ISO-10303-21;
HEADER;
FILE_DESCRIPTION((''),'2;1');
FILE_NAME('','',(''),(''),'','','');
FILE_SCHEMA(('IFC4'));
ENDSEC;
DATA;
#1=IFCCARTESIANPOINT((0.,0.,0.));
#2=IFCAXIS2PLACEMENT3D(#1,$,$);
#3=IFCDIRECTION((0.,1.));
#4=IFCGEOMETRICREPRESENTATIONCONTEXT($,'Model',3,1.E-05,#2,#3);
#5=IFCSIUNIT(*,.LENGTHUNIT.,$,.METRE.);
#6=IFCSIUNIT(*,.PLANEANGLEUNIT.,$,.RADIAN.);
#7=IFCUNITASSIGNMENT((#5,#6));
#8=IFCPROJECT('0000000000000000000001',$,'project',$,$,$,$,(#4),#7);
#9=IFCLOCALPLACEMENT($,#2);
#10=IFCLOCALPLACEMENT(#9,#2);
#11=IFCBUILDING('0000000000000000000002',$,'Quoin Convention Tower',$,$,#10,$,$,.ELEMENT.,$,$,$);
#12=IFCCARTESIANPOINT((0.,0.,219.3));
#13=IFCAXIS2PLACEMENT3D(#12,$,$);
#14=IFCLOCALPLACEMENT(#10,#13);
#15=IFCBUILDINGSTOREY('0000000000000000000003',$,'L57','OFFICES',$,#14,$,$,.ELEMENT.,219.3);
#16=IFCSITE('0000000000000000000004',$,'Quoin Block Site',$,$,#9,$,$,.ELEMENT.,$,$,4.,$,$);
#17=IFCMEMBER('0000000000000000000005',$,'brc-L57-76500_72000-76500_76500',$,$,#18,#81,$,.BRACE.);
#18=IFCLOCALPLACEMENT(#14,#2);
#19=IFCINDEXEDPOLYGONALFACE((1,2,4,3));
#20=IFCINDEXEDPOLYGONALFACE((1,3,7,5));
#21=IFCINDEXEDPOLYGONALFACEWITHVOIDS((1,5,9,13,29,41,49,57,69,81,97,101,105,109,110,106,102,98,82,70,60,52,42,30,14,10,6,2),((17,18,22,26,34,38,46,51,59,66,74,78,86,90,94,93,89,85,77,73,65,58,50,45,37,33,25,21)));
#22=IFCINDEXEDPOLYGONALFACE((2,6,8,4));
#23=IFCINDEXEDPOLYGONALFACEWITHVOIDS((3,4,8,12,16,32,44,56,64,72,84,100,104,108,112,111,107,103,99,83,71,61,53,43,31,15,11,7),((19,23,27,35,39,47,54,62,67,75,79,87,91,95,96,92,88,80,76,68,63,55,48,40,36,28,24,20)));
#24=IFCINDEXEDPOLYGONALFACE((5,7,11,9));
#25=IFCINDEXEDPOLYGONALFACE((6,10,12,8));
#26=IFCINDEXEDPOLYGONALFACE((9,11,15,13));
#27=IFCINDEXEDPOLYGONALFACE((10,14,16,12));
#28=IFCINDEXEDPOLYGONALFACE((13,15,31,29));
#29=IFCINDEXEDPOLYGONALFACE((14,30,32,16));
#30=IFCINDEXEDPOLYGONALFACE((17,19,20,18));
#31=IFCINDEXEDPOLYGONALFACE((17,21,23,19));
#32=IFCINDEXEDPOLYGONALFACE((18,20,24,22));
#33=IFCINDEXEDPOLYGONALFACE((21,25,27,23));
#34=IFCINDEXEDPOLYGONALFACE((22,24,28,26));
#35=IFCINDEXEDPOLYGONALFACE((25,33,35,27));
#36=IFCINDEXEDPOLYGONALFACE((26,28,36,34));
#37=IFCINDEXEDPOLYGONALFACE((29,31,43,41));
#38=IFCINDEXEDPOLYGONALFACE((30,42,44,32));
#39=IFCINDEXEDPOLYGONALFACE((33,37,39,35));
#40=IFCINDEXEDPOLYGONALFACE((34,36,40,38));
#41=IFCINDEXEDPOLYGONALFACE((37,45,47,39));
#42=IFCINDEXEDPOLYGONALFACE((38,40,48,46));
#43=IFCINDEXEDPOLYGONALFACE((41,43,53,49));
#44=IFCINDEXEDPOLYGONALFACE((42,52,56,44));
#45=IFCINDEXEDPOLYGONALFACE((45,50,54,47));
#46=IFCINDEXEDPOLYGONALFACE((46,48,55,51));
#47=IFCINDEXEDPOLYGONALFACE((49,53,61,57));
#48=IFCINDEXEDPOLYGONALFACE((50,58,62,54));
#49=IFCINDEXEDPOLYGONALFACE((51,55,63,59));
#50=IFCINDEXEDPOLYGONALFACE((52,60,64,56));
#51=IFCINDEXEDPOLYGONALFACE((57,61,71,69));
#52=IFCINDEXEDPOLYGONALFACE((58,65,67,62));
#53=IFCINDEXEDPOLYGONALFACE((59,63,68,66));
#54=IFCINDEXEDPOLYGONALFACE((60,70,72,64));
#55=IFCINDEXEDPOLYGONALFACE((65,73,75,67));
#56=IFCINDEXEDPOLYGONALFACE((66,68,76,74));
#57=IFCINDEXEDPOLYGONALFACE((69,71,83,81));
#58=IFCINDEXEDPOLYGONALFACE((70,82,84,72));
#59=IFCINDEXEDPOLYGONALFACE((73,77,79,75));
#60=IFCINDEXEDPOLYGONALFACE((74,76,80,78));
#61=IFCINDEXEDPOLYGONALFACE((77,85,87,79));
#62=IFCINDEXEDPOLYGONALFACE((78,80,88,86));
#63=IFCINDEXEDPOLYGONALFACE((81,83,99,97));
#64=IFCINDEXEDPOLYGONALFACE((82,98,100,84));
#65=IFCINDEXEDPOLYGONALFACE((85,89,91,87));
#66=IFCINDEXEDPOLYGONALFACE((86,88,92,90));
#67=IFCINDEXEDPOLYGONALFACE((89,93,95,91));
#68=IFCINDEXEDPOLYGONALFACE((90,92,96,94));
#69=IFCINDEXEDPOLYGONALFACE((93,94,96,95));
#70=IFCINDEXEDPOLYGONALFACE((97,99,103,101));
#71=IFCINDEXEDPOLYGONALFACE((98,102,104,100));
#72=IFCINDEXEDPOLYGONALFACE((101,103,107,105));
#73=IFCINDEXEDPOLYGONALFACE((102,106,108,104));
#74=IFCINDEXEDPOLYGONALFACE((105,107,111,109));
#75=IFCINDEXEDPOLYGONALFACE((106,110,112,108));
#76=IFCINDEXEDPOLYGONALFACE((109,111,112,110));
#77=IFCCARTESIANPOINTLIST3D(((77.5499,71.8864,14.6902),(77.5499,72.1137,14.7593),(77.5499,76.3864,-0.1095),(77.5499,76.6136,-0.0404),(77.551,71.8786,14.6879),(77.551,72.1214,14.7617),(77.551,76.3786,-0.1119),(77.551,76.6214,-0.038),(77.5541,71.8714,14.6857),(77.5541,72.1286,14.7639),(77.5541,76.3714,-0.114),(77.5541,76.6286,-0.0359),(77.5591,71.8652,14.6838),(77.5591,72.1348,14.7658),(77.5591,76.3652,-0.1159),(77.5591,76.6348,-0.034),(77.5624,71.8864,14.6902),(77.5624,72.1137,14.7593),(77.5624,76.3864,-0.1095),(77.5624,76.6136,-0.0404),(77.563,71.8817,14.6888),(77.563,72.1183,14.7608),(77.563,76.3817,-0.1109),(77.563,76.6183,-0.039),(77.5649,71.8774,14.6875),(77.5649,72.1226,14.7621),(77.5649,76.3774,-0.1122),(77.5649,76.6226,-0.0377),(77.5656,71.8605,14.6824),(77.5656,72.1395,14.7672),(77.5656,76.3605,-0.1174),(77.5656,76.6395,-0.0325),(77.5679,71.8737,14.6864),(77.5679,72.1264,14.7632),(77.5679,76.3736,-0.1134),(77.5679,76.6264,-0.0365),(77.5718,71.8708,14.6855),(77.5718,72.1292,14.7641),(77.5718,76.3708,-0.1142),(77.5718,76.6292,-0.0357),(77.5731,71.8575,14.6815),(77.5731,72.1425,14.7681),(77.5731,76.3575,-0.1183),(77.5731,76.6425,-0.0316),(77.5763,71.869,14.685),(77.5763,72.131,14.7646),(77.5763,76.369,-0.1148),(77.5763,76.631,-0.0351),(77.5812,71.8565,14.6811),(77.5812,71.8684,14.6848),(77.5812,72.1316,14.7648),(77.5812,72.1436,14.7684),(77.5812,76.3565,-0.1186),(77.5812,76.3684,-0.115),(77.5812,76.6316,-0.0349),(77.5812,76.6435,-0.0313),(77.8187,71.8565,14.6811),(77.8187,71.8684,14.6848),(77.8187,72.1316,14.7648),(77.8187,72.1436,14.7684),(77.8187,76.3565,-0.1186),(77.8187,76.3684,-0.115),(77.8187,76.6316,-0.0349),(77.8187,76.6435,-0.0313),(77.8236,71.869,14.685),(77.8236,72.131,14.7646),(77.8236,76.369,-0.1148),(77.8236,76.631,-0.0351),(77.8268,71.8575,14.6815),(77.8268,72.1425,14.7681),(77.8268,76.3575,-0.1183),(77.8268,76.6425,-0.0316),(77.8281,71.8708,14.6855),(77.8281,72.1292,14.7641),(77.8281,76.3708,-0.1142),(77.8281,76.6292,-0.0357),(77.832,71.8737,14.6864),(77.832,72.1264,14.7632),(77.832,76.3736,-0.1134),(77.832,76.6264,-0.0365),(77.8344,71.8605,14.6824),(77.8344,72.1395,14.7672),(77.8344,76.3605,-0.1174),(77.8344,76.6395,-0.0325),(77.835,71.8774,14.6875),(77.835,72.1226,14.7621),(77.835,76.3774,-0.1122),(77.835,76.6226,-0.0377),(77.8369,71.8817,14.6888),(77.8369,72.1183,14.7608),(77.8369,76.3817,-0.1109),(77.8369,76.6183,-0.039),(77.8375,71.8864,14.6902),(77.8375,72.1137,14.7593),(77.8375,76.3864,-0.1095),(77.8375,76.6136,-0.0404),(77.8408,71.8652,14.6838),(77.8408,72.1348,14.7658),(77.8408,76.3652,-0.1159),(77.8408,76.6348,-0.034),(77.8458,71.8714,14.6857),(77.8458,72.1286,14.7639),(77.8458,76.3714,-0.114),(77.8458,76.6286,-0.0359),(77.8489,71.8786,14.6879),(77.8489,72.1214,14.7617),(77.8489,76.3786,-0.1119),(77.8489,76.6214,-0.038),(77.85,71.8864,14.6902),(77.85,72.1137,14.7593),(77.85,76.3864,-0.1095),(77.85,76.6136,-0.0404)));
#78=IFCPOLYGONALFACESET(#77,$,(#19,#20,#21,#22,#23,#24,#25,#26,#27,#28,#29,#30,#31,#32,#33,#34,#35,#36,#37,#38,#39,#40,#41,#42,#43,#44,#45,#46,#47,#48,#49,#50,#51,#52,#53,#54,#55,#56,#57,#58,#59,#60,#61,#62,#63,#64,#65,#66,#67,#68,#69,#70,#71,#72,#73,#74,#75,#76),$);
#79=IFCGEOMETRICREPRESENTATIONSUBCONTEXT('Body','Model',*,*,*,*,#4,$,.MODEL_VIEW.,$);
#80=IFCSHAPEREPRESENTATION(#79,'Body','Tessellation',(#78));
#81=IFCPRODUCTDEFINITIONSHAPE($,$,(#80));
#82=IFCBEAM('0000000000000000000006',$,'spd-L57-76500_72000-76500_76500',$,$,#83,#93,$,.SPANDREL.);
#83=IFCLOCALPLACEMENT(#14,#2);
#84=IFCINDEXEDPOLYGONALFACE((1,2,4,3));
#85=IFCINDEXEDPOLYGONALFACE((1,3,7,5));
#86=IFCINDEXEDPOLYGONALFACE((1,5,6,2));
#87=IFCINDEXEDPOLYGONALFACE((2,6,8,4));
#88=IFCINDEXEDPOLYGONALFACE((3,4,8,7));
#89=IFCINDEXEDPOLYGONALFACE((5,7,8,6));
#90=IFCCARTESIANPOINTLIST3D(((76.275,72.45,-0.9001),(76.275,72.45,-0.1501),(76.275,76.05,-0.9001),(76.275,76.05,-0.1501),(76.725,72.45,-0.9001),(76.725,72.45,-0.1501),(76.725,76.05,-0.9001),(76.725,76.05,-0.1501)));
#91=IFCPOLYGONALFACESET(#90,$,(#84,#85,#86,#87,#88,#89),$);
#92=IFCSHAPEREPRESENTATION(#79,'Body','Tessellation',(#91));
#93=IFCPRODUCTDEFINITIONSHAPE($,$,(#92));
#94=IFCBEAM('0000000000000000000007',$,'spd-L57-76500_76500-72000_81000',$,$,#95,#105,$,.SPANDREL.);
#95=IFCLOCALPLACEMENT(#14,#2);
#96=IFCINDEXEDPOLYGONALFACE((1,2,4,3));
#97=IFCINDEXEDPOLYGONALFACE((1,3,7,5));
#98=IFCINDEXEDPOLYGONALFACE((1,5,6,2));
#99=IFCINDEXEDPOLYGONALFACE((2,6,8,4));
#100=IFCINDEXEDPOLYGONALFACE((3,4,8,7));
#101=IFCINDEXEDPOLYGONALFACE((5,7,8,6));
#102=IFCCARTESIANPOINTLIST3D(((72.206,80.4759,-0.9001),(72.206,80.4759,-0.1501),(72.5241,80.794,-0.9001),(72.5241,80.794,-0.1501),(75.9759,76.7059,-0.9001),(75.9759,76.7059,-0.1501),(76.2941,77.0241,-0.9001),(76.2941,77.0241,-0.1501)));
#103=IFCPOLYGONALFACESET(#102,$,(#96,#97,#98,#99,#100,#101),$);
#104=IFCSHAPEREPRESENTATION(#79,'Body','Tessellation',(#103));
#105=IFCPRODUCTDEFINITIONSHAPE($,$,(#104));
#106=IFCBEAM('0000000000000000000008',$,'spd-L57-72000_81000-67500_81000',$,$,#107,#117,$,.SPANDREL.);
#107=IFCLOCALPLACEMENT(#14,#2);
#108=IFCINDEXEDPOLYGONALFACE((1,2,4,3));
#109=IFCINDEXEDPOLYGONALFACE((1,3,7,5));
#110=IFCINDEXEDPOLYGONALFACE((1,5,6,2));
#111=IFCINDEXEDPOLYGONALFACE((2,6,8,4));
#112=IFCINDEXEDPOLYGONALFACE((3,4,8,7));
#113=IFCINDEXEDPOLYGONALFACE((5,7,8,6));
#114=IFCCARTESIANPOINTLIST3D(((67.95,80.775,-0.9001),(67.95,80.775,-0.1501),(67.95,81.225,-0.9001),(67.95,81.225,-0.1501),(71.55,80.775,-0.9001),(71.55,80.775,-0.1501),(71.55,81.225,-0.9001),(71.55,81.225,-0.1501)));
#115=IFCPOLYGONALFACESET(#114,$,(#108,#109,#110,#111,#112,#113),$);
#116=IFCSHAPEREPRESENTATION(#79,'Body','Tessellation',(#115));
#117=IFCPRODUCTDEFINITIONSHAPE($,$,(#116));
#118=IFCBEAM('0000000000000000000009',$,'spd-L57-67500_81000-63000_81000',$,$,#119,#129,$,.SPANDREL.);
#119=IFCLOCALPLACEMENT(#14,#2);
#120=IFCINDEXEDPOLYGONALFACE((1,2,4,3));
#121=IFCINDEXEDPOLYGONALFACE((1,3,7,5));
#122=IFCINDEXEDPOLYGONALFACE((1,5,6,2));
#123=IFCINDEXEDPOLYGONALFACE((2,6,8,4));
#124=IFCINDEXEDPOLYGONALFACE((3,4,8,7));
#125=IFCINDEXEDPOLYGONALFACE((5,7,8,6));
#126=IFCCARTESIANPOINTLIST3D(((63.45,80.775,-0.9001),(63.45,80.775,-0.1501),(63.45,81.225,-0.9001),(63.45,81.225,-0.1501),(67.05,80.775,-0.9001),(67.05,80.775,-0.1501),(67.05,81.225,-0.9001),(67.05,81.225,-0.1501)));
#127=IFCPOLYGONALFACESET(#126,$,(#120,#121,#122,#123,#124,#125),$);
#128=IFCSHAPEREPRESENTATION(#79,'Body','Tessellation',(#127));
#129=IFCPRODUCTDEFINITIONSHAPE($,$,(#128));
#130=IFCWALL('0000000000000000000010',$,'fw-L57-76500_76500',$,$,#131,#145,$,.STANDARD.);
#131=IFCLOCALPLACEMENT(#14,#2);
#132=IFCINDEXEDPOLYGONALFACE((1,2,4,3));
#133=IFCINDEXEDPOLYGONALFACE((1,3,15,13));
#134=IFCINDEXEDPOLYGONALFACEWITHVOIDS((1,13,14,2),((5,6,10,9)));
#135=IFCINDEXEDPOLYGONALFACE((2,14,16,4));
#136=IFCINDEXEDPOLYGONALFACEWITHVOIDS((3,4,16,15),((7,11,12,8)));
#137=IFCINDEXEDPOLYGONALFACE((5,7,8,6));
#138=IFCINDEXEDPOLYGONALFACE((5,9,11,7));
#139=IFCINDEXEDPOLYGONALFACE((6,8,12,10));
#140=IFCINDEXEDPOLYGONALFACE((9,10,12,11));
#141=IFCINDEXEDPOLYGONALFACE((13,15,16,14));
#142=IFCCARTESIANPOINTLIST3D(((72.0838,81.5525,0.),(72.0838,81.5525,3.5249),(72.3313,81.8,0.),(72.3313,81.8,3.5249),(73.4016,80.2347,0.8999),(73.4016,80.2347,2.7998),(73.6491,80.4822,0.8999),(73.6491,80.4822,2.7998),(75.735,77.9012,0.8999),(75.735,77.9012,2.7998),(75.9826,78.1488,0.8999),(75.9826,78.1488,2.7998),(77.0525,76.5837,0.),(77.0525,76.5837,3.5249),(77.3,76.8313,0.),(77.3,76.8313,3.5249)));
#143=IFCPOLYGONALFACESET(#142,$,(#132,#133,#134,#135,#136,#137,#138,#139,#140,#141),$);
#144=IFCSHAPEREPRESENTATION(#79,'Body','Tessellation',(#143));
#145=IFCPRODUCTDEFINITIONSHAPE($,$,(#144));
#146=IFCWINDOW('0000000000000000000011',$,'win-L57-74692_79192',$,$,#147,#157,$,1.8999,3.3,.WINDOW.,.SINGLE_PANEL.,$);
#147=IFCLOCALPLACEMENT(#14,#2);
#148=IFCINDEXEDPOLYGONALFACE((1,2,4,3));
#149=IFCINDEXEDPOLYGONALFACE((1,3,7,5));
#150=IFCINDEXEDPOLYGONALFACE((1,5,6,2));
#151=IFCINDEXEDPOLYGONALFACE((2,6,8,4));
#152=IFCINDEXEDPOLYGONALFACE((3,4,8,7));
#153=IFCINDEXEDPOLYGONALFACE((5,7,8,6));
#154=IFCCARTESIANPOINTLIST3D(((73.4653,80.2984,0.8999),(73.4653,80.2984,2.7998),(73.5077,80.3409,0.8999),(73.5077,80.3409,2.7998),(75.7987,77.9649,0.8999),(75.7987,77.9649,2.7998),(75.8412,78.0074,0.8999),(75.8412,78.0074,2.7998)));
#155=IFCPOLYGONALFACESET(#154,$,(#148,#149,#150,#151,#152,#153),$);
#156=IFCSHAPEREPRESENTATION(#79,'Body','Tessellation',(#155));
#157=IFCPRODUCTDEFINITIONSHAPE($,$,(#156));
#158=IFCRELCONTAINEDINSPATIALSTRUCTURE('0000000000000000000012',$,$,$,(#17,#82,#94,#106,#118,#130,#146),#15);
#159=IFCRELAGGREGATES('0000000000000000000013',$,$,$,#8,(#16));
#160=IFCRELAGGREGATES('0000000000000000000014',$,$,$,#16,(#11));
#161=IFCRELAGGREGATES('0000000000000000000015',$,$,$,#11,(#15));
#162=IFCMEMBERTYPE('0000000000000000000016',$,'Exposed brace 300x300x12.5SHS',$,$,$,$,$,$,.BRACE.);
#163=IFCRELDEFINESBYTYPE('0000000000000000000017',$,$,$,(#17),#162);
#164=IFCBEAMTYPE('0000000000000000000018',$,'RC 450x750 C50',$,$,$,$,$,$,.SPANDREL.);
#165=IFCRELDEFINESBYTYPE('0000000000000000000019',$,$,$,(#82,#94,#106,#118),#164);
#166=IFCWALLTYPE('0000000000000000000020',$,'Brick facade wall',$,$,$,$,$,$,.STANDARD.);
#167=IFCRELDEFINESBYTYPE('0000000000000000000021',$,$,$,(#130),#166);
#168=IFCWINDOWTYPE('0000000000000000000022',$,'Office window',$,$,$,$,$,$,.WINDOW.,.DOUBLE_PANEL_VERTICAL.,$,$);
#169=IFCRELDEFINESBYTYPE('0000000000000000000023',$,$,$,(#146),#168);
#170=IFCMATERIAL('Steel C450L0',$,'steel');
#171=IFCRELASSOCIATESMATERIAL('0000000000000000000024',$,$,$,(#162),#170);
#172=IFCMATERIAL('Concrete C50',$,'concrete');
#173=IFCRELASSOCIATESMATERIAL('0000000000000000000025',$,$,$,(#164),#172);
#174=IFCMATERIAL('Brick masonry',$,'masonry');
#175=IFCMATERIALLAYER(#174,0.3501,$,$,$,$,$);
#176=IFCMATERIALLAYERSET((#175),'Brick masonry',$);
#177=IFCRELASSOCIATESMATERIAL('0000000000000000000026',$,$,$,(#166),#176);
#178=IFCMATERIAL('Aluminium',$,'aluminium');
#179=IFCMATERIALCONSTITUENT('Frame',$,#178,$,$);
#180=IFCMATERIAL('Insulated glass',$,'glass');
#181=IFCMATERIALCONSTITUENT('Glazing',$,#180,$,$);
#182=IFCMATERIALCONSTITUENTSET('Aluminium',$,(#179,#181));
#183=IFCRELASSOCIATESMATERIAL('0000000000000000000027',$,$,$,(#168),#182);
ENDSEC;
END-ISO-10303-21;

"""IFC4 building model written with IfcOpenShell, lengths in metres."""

from ifc_helpers import new_model, si_unit, direction, frame, frame_2d, origin, origin_2d, place, context, subcontext, project, spatial, rectangle, hollow_rectangle, extrude, material, layer, layer_set, constituent, constituent_set, material_profile, profile_set, type_object, element, fill, save


model = new_model("IFC4")

# Units and contexts
model_context = context("Model", 3, precision=1e-05, world=origin(), true_north=direction((0.0, 1.0)))
body_context = subcontext(model_context, "Body", "Model", "MODEL_VIEW")
ifc_project = project(units=[si_unit("LENGTHUNIT", "METRE"), si_unit("PLANEANGLEUNIT", "RADIAN")], contexts=[model_context])

# Site, building, storey
site_placement = place(None, origin())
site = spatial("IfcSite", under=ifc_project, at=site_placement, Name="Quoin Block Site", CompositionType="ELEMENT", RefElevation=4.0)
building_placement = place(site_placement, origin())
building = spatial("IfcBuilding", under=site, at=building_placement, Name="Quoin Convention Tower", CompositionType="ELEMENT")
storey_placement = place(building_placement, frame((0.0, 0.0, 219.3)))
storey = spatial("IfcBuildingStorey", under=building, at=storey_placement, Name="L57", Description="OFFICES", CompositionType="ELEMENT", Elevation=219.3)

# Shared definitions
ifc_material_1 = material(Name="Concrete C50", Category="concrete")

# Member
ifc_material_2 = material(Name="Steel C450L0", Category="steel")
ifc_material_profile_1 = material_profile(ifc_material_2, hollow_rectangle(XDim=0.3, YDim=0.3, WallThickness=0.0125, InnerFilletRadius=0.0188, OuterFilletRadius=0.0312, at=origin_2d()), Name="300x300x12.5SHS")
ifc_profile_set_1 = profile_set([ifc_material_profile_1], Name="Steel C450L0")
member_type = type_object("IfcMemberType", Name="Exposed brace 300x300x12.5SHS", PredefinedType="BRACE", material=ifc_profile_set_1)
for number, where, z_axis, x_axis, name in (
    (1, (77.7, 76.5, -0.075), (0.0, -0.290908, 0.956751), (1.0, 0.0, 0.0), "brc-L57-76500_72000-76500_76500"),
):
    element("IfcMember", number, at=place(storey_placement, frame(where, z_axis=z_axis, x_axis=x_axis)), inside=storey, type_object=member_type, Name=name, PredefinedType="BRACE", context=body_context, shape_type="SweptSolid", body=[
        extrude(hollow_rectangle(XDim=0.3, YDim=0.3, WallThickness=0.0125, InnerFilletRadius=0.0188, OuterFilletRadius=0.0312, at=origin_2d()), origin(), (0.0, 0.0, 1.0), 15.4688),
    ])

# Beams
ifc_material_profile_2 = material_profile(ifc_material_1, rectangle(XDim=0.45, YDim=0.75, at=origin_2d()), Name="RC 450x750")
ifc_profile_set_2 = profile_set([ifc_material_profile_2], Name="Concrete C50")
beam_type_1 = type_object("IfcBeamType", Name="RC 450x750 C50", PredefinedType="SPANDREL", material=ifc_profile_set_2)
beam_1_placement = place(storey_placement, frame((76.5, 72.45, -0.5251), z_axis=(0.0, 1.0, 0.0), x_axis=(-1.0, 0.0, 0.0)))
element("IfcBeam", 2, at=beam_1_placement, inside=storey, type_object=beam_type_1, Name="spd-L57-76500_72000-76500_76500", PredefinedType="SPANDREL", context=body_context, shape_type="SweptSolid", body=[
    extrude(rectangle(XDim=0.45, YDim=0.75, at=origin_2d()), origin(), (0.0, 0.0, 1.0), 3.6001),
])
beam_2_placement = place(storey_placement, frame((76.135, 76.865, -0.5251), z_axis=(-0.707107, 0.707107, 0.0), x_axis=(-0.707107, -0.707107, 0.0)))
element("IfcBeam", 3, at=beam_2_placement, inside=storey, type_object=beam_type_1, Name="spd-L57-76500_76500-72000_81000", PredefinedType="SPANDREL", context=body_context, shape_type="SweptSolid", body=[
    extrude(rectangle(XDim=0.45, YDim=0.75, at=origin_2d()), origin(), (0.0, 0.0, 1.0), 5.3315),
])
for number, where, z_axis, x_axis, name in (
    (4, (71.55, 81.0, -0.5251), (-1.0, 0.0, 0.0), (0.0, -1.0, 0.0), "spd-L57-72000_81000-67500_81000"),
    (5, (67.05, 81.0, -0.5251), (-1.0, 0.0, 0.0), (0.0, -1.0, 0.0), "spd-L57-67500_81000-63000_81000"),
):
    element("IfcBeam", number, at=place(storey_placement, frame(where, z_axis=z_axis, x_axis=x_axis)), inside=storey, type_object=beam_type_1, Name=name, PredefinedType="SPANDREL", context=body_context, shape_type="SweptSolid", body=[
        extrude(rectangle(XDim=0.45, YDim=0.75, at=origin_2d()), origin(), (0.0, 0.0, 1.0), 3.6001),
    ])

# Wall, opening, window
ifc_material_3 = material(Name="Brick masonry", Category="masonry")
ifc_layer_1 = layer(ifc_material_3, 0.3501)
ifc_layer_set_1 = layer_set([ifc_layer_1], Name="Brick masonry")
wall_type_1 = type_object("IfcWallType", Name="Brick facade wall", PredefinedType="STANDARD", material=ifc_layer_set_1)
wall_1_placement = place(storey_placement, frame((77.1763, 76.7075, 0.0), z_axis=(0.0, 0.0, 1.0), x_axis=(-0.707107, 0.707107, 0.0)))
wall_1 = element("IfcWall", 6, at=wall_1_placement, inside=storey, type_object=wall_type_1, Name="fw-L57-76500_76500", PredefinedType="STANDARD", context=body_context, shape_type="SweptSolid", body=[
    extrude(rectangle(XDim=7.0269, YDim=0.3501, at=frame_2d((3.5134, 0.0))), origin(), (0.0, 0.0, 1.0), 3.5249),
])
opening_1_placement = place(wall_1_placement, frame((1.8633, 0.0, 0.8999)))
opening_1 = element("IfcOpeningElement", 7, at=opening_1_placement, cuts=wall_1, PredefinedType="OPENING", context=body_context, shape_type="SweptSolid", body=[
    extrude(rectangle(XDim=3.3, YDim=1.8999, at=frame_2d((1.6499, 0.95))), frame((0.0, 0.1851, 0.0), z_axis=(0.0, -1.0, 0.0), x_axis=(1.0, 0.0, 0.0)), (0.0, 0.0, 1.0), 0.3701),
])
ifc_material_4 = material(Name="Aluminium", Category="aluminium")
ifc_constituent_1 = constituent(ifc_material_4, Name="Frame")
ifc_material_5 = material(Name="Insulated glass", Category="glass")
ifc_constituent_2 = constituent(ifc_material_5, Name="Glazing")
ifc_constituent_set = constituent_set(constituents=[ifc_constituent_1, ifc_constituent_2], Name="Aluminium")
window_type = type_object("IfcWindowType", Name="Office window", PartitioningType="DOUBLE_PANEL_VERTICAL", PredefinedType="WINDOW", material=ifc_constituent_set)
window_1_placement = place(opening_1_placement, origin())
window_1 = element("IfcWindow", 8, at=window_1_placement, inside=storey, type_object=window_type, Name="win-L57-74692_79192", OverallHeight=1.8999, OverallWidth=3.3, PartitioningType="SINGLE_PANEL", PredefinedType="WINDOW", context=body_context, shape_type="SweptSolid", body=[
    extrude(rectangle(XDim=3.3, YDim=1.8999, at=frame_2d((1.6499, 0.95))), frame((0.0, 0.085, 0.0), z_axis=(0.0, -1.0, 0.0), x_axis=(1.0, 0.0, 0.0)), (0.0, 0.0, 1.0), 0.0601),
])
fill(opening_1, window_1)

save(model, "model.ifc")
